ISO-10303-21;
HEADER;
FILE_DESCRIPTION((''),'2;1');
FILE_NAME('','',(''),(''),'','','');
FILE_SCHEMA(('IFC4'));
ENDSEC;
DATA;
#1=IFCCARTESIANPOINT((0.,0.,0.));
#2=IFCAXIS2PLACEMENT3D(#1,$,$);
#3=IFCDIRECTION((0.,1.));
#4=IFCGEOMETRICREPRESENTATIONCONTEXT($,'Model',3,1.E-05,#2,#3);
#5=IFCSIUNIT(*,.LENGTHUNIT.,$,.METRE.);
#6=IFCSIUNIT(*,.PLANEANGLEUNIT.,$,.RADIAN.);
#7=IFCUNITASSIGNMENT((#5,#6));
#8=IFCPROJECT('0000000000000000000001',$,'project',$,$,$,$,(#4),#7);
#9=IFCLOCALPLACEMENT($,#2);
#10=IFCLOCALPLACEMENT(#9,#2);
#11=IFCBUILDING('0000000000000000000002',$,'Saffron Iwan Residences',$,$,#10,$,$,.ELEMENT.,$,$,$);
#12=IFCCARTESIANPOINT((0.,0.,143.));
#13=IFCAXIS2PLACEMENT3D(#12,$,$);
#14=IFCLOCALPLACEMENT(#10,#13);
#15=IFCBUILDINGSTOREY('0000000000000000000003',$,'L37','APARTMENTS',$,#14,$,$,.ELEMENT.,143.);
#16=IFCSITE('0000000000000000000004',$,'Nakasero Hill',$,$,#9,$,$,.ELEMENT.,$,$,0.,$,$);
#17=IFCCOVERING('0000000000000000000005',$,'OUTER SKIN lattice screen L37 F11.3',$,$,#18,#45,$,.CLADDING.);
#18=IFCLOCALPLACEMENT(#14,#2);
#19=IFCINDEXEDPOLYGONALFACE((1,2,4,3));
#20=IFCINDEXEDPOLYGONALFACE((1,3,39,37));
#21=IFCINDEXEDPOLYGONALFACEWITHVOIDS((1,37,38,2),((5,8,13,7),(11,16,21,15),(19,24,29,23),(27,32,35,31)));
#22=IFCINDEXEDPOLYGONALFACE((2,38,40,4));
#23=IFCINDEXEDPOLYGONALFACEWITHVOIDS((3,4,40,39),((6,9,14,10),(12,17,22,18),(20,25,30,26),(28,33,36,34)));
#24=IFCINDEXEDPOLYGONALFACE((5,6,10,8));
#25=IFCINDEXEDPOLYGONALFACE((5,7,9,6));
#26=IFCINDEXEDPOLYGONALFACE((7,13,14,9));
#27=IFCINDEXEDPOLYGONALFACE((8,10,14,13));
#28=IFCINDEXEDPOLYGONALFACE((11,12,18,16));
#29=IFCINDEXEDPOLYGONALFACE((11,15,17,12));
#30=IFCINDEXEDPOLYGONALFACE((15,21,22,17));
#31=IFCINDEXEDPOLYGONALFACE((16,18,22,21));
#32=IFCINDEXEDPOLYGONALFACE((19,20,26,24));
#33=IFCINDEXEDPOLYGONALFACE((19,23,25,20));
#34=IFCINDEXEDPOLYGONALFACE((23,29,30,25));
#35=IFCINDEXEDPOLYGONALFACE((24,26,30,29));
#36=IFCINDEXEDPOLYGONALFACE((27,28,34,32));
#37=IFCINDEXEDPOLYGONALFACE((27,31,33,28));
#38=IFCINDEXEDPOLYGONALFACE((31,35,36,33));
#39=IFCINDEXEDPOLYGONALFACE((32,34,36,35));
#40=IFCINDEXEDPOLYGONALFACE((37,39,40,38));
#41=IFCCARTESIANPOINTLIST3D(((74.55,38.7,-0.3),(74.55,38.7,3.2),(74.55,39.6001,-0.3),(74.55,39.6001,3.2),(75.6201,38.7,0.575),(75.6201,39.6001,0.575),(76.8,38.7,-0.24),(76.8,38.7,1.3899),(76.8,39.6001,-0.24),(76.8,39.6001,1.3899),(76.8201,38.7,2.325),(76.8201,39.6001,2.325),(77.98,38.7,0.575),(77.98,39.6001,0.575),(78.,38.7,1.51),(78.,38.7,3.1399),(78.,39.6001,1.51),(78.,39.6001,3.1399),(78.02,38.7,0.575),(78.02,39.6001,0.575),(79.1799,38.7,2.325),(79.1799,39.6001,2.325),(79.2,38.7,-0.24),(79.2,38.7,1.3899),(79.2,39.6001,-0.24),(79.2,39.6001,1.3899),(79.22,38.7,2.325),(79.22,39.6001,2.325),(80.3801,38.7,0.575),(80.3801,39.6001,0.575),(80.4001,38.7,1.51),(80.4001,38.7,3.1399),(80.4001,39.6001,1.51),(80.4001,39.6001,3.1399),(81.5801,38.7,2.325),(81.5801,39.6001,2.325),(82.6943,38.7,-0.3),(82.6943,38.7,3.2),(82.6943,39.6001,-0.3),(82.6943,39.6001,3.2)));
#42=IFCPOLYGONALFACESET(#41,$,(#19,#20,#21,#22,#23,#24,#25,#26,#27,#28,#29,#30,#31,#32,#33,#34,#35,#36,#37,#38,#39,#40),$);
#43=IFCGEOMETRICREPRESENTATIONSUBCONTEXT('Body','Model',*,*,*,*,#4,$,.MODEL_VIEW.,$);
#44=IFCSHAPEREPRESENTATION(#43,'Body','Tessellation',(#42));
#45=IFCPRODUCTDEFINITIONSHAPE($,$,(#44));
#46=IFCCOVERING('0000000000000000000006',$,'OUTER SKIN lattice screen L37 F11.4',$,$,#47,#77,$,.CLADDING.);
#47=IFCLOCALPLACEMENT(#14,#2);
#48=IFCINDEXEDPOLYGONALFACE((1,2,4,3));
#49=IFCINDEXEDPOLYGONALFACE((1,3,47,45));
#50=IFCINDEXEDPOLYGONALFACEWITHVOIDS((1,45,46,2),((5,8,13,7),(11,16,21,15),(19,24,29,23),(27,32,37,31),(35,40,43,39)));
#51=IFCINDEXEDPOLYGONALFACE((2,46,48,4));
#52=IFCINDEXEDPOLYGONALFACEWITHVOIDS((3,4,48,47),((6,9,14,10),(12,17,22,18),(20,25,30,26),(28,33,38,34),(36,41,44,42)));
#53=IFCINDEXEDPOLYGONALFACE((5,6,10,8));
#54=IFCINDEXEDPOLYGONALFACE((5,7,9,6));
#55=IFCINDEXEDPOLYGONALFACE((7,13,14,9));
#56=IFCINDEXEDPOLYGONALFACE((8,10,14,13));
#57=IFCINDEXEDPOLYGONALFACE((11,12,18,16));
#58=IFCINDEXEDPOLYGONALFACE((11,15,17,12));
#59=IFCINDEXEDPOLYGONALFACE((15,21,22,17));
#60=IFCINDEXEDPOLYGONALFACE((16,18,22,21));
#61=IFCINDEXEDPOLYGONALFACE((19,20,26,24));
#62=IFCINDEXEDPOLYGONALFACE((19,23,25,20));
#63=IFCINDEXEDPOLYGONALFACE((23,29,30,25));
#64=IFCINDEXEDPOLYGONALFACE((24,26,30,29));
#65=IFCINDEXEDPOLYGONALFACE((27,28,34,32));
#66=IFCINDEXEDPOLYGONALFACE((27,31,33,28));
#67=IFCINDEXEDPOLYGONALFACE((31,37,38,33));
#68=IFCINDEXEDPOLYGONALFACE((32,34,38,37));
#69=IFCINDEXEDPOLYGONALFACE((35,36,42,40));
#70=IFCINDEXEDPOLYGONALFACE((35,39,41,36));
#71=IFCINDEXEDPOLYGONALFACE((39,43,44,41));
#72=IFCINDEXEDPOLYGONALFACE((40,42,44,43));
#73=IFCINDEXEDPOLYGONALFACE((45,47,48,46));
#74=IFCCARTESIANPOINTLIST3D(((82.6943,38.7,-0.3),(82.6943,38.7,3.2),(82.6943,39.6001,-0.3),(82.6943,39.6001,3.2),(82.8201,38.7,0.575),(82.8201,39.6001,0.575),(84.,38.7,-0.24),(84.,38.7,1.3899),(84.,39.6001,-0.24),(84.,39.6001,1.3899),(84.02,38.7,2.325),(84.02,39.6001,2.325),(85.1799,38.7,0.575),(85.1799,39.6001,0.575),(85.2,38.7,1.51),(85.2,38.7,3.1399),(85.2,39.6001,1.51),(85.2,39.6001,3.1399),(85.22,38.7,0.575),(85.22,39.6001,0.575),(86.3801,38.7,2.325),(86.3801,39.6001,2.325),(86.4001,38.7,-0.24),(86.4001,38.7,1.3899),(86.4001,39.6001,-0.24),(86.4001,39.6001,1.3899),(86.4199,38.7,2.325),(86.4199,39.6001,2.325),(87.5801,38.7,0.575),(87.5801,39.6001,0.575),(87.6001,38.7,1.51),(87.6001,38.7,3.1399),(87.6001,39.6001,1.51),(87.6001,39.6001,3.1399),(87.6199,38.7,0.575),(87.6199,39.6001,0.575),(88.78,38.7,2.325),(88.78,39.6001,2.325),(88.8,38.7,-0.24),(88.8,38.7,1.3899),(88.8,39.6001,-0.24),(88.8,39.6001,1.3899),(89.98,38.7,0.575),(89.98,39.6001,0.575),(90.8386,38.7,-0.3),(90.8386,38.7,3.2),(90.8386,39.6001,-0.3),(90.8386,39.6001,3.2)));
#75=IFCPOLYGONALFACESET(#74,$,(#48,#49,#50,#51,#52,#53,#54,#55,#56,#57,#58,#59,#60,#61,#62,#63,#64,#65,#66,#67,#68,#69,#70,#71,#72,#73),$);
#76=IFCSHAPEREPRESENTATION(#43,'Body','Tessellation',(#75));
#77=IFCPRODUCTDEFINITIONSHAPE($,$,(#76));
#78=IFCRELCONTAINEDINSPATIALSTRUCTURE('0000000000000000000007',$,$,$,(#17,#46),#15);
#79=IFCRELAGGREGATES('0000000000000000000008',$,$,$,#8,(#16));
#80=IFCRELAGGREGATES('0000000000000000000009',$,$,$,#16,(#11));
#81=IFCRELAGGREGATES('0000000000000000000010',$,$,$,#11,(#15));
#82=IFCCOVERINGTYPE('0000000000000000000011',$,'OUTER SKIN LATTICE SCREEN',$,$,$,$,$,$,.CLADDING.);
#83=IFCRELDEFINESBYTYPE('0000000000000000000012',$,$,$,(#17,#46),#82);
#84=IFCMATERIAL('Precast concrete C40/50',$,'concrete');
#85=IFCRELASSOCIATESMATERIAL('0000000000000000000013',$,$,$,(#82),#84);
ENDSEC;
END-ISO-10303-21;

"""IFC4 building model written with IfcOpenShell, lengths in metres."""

from ifc_helpers import new_model, si_unit, direction, frame, origin, place, context, subcontext, project, spatial, polyline, outline, extrude, material, type_object, element, save


model = new_model("IFC4")

# Units and contexts
model_context = context("Model", 3, precision=1e-05, world=origin(), true_north=direction((0.0, 1.0)))
body_context = subcontext(model_context, "Body", "Model", "MODEL_VIEW")
ifc_project = project(units=[si_unit("LENGTHUNIT", "METRE"), si_unit("PLANEANGLEUNIT", "RADIAN")], contexts=[model_context])

# Site, building, storey
site_placement = place(None, origin())
site = spatial("IfcSite", under=ifc_project, at=site_placement, Name="Nakasero Hill", CompositionType="ELEMENT", RefElevation=0.0)
building_placement = place(site_placement, origin())
building = spatial("IfcBuilding", under=site, at=building_placement, Name="Saffron Iwan Residences", CompositionType="ELEMENT")
storey_placement = place(building_placement, frame((0.0, 0.0, 143.0)))
storey = spatial("IfcBuildingStorey", under=building, at=storey_placement, Name="L37", Description="APARTMENTS", CompositionType="ELEMENT", Elevation=143.0)

# Coverings
ifc_material_1 = material(Name="Precast concrete C40/50", Category="concrete")
covering_type = type_object("IfcCoveringType", Name="OUTER SKIN LATTICE SCREEN", PredefinedType="CLADDING", material=ifc_material_1)
covering_1_placement = place(storey_placement, frame((74.55, 39.6001, -0.3), z_axis=(0.0, -1.0, 0.0), x_axis=(1.0, 0.0, 0.0)))
element("IfcCovering", 1, at=covering_1_placement, inside=storey, type_object=covering_type, Name="OUTER SKIN lattice screen L37 F11.3", PredefinedType="CLADDING", context=body_context, shape_type="SweptSolid", body=[
    extrude(outline(polyline([(0.0, 0.0), (8.1443, 0.0), (8.1443, 3.5), (0.0, 3.5), (0.0, 0.0)]), holes=[polyline([(1.0701, 0.875), (2.25, 0.0601), (3.4299, 0.875), (2.25, 1.6899), (1.0701, 0.875)]), polyline([(3.47, 0.875), (4.6499, 0.0601), (5.8301, 0.875), (4.6499, 1.6899), (3.47, 0.875)]), polyline([(2.27, 2.625), (3.45, 1.8101), (4.6299, 2.625), (3.45, 3.4399), (2.27, 2.625)]), polyline([(4.6699, 2.625), (5.8501, 1.8101), (7.03, 2.625), (5.8501, 3.4399), (4.6699, 2.625)])]), origin(), (0.0, 0.0, 1.0), 0.9001),
])
covering_2_placement = place(storey_placement, frame((82.6943, 39.6001, -0.3), z_axis=(0.0, -1.0, 0.0), x_axis=(1.0, 0.0, 0.0)))
element("IfcCovering", 2, at=covering_2_placement, inside=storey, type_object=covering_type, Name="OUTER SKIN lattice screen L37 F11.4", PredefinedType="CLADDING", context=body_context, shape_type="SweptSolid", body=[
    extrude(outline(polyline([(0.0, 0.0), (8.1443, 0.0), (8.1443, 3.5), (0.0, 3.5), (0.0, 0.0)]), holes=[polyline([(0.1257, 0.875), (1.3057, 0.0601), (2.4856, 0.875), (1.3057, 1.6899), (0.1257, 0.875)]), polyline([(2.5256, 0.875), (3.7058, 0.0601), (4.8857, 0.875), (3.7058, 1.6899), (2.5256, 0.875)]), polyline([(4.9255, 0.875), (6.1057, 0.0601), (7.2856, 0.875), (6.1057, 1.6899), (4.9255, 0.875)]), polyline([(1.3257, 2.625), (2.5056, 1.8101), (3.6858, 2.625), (2.5056, 3.4399), (1.3257, 2.625)]), polyline([(3.7256, 2.625), (4.9058, 1.8101), (6.0857, 2.625), (4.9058, 3.4399), (3.7256, 2.625)])]), origin(), (0.0, 0.0, 1.0), 0.9001),
])

save(model, "model.ifc")
